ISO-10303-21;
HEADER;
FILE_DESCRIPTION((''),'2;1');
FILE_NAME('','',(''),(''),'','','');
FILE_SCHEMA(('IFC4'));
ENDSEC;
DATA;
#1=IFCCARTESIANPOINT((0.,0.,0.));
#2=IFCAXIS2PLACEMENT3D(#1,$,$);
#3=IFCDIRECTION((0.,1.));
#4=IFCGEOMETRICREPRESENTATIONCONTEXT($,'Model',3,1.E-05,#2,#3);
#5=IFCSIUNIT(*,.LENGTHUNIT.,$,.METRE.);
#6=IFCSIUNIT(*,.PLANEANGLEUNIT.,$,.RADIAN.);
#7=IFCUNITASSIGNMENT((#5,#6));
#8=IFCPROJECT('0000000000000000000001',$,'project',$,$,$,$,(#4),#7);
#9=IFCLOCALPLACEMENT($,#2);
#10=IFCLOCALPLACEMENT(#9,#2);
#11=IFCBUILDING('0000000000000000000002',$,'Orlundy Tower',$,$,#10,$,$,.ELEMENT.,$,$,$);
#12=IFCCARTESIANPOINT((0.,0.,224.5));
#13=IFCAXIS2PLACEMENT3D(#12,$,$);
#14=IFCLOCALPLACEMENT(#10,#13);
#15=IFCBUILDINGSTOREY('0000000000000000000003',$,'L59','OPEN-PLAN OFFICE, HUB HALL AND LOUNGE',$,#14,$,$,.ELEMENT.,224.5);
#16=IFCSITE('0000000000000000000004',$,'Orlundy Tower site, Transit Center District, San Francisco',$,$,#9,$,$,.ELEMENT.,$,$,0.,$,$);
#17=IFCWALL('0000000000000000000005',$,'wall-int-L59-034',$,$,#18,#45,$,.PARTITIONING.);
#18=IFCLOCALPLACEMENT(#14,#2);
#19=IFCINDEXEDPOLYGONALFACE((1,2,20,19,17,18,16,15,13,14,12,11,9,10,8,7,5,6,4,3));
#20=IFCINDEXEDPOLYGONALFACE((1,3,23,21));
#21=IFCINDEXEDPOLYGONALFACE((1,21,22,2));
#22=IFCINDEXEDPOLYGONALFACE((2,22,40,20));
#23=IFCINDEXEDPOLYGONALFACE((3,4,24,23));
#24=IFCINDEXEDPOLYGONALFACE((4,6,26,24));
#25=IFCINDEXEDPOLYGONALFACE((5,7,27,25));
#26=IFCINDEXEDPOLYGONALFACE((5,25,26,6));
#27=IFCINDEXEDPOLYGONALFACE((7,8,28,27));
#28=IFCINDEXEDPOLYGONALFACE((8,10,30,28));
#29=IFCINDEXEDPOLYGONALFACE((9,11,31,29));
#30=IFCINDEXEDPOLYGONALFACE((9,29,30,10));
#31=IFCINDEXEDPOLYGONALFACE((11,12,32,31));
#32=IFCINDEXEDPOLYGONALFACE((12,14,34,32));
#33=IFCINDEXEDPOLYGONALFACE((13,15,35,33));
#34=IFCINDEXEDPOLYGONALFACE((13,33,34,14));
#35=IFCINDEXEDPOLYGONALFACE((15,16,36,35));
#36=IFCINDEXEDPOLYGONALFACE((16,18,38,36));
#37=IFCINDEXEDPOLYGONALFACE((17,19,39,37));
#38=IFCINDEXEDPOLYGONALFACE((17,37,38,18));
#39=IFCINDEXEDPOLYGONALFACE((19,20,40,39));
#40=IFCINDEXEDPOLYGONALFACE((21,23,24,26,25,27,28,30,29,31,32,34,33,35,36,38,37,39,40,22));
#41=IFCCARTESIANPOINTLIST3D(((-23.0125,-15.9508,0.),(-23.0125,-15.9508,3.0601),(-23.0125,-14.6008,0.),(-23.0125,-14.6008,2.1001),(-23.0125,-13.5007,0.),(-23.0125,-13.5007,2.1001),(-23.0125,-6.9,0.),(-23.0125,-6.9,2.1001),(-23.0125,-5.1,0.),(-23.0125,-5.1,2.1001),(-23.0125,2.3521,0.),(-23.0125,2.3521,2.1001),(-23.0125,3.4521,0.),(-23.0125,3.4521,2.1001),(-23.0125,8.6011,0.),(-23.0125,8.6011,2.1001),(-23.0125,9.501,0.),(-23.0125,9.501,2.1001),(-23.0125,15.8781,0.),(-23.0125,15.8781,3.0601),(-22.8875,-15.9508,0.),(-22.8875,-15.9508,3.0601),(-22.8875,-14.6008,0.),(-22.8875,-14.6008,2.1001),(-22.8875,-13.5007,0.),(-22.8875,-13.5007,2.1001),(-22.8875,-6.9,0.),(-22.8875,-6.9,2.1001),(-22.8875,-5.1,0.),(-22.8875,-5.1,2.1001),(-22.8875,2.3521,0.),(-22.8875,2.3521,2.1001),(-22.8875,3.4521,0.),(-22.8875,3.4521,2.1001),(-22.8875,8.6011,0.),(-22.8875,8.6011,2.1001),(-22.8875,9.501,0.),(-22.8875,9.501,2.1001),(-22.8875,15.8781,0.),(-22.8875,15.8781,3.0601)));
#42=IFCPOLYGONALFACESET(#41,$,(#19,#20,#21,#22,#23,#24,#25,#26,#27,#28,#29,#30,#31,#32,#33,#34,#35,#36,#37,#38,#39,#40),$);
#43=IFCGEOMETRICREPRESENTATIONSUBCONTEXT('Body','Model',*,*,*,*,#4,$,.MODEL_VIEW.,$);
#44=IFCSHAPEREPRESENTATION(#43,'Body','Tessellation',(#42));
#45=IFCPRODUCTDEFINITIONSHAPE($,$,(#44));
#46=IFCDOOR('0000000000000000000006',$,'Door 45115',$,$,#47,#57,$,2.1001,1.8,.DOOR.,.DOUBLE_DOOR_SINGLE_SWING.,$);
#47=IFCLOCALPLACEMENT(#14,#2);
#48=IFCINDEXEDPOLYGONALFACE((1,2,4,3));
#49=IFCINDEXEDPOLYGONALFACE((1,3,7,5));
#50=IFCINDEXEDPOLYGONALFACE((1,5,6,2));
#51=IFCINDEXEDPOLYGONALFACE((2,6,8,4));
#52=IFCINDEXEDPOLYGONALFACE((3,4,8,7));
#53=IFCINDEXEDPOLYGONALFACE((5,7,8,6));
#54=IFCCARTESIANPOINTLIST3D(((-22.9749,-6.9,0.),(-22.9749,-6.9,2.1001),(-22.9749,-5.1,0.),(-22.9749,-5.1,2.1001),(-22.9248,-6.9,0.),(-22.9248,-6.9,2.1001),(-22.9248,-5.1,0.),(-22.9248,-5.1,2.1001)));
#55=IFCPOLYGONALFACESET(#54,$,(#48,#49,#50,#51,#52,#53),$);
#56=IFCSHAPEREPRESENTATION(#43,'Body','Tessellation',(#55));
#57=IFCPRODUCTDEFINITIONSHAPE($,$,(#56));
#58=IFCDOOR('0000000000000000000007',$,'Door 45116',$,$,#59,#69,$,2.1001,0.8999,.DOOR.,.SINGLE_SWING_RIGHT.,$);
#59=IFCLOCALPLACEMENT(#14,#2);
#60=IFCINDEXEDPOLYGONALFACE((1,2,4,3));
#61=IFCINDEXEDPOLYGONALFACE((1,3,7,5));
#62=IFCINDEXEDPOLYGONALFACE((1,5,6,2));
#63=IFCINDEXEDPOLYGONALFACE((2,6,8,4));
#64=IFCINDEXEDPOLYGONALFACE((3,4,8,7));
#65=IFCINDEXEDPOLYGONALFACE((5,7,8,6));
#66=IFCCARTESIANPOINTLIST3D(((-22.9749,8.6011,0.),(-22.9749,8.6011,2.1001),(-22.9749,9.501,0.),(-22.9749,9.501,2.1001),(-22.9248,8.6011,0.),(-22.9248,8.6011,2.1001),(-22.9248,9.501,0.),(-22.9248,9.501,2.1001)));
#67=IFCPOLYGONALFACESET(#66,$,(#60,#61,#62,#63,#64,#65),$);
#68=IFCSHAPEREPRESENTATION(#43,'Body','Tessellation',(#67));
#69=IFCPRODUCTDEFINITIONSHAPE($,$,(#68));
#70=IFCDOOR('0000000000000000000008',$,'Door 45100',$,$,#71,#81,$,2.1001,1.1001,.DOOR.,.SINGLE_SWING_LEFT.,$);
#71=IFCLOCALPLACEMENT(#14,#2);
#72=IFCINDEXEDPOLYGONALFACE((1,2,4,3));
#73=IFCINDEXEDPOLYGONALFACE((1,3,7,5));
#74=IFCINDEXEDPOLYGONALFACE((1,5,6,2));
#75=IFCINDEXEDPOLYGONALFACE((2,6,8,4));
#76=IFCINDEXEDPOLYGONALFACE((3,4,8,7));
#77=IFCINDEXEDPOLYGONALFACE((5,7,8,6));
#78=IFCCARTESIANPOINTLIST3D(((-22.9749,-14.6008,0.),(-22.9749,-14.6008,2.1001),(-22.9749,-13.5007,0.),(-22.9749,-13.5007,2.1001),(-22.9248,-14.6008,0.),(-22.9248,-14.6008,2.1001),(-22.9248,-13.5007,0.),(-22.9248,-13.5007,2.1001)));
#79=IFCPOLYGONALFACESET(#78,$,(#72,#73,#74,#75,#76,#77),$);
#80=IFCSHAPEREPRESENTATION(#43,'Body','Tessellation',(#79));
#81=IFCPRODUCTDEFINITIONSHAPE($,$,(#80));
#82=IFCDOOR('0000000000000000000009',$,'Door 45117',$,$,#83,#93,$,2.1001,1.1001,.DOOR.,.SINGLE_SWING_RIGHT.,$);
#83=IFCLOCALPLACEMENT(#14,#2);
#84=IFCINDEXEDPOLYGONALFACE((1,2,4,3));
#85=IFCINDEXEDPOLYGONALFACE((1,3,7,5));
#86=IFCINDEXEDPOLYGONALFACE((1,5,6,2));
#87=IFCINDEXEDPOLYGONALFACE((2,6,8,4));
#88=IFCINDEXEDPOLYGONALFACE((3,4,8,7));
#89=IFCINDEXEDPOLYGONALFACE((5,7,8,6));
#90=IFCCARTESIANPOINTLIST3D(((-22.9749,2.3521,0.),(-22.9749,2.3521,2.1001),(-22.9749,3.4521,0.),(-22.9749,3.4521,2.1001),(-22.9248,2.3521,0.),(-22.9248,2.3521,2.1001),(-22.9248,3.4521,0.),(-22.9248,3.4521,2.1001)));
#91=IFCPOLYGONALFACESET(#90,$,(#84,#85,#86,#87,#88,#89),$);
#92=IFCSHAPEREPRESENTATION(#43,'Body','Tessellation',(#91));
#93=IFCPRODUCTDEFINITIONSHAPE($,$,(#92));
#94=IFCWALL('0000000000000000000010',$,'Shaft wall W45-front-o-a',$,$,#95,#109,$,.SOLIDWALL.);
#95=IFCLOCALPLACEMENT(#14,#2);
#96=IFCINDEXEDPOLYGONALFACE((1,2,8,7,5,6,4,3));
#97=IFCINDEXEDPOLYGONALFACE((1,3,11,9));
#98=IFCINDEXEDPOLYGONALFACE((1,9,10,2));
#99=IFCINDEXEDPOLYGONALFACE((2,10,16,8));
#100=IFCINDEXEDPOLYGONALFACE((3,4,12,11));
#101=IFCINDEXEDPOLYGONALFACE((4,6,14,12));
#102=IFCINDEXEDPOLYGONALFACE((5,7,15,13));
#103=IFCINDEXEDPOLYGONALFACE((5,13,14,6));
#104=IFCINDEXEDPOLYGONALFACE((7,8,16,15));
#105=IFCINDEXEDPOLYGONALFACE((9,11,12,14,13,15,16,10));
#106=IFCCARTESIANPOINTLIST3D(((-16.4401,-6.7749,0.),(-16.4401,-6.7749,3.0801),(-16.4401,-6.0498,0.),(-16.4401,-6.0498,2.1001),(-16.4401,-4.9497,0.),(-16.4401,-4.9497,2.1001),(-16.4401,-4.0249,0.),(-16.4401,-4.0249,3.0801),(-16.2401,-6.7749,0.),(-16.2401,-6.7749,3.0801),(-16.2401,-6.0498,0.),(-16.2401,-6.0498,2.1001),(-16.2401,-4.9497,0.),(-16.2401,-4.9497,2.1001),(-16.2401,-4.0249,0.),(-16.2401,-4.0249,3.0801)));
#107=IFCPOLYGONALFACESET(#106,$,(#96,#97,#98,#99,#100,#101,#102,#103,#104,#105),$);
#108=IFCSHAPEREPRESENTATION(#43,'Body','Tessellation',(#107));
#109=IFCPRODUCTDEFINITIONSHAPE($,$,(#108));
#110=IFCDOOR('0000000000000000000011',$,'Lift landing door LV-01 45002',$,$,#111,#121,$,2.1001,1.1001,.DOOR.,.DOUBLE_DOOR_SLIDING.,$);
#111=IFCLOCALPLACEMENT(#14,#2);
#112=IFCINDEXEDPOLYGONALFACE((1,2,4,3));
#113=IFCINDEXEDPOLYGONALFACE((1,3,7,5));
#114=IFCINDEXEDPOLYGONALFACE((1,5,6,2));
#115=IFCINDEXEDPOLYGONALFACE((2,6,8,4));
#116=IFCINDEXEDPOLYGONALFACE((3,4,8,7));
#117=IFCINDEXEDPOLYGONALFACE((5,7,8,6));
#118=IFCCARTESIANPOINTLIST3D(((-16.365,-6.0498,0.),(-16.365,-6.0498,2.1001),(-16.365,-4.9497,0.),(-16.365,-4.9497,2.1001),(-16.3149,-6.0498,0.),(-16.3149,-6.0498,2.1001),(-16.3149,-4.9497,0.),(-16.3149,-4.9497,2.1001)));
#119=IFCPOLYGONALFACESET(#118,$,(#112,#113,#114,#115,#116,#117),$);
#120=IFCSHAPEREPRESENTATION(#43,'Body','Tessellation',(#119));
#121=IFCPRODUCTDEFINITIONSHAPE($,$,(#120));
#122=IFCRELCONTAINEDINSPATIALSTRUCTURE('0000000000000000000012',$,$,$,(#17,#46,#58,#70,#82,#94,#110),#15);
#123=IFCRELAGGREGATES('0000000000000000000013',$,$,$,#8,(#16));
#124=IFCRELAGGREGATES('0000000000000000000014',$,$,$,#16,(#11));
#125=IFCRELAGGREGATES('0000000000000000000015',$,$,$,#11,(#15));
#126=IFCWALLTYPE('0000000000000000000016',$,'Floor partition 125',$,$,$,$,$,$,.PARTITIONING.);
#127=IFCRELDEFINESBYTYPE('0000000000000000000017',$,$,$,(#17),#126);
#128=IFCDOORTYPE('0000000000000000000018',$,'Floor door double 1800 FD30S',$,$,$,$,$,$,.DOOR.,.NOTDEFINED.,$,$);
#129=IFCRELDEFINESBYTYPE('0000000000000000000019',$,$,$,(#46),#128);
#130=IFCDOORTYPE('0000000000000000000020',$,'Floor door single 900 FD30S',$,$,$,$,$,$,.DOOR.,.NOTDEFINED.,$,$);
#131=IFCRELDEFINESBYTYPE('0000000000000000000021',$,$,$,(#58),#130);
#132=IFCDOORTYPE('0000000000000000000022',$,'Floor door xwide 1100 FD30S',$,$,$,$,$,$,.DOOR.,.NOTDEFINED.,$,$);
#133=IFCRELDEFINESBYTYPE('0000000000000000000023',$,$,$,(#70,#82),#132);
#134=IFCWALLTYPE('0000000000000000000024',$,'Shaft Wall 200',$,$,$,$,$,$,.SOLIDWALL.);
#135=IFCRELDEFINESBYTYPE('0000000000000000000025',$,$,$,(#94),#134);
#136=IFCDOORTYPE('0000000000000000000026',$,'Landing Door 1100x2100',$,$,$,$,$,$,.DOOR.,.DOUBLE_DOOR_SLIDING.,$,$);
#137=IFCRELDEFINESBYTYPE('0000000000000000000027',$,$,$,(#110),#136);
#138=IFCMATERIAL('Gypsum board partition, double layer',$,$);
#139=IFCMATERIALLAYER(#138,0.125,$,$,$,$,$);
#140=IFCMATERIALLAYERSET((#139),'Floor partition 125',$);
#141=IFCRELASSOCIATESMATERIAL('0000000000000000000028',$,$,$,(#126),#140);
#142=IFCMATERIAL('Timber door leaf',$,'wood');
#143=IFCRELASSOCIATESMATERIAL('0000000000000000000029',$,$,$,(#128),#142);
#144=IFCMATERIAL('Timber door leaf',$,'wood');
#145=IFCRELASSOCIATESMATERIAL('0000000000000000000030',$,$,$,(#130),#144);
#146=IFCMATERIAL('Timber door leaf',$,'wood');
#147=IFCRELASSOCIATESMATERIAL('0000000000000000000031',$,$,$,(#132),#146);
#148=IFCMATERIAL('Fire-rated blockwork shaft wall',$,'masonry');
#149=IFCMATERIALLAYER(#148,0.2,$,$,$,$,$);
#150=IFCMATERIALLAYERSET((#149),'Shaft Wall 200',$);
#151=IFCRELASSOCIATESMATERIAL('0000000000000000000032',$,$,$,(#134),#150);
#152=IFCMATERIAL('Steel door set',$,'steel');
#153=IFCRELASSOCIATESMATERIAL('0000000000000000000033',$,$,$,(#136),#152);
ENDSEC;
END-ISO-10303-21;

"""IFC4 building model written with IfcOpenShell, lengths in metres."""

from ifc_helpers import new_model, si_unit, direction, frame, frame_2d, origin, place, context, subcontext, project, spatial, rectangle, extrude, material, layer, layer_set, type_object, element, fill, save


model = new_model("IFC4")

# Units and contexts
model_context = context("Model", 3, precision=1e-05, world=origin(), true_north=direction((0.0, 1.0)))
body_context = subcontext(model_context, "Body", "Model", "MODEL_VIEW")
ifc_project = project(units=[si_unit("LENGTHUNIT", "METRE"), si_unit("PLANEANGLEUNIT", "RADIAN")], contexts=[model_context])

# Site, building, storey
site_placement = place(None, origin())
site = spatial("IfcSite", under=ifc_project, at=site_placement, Name="Orlundy Tower site, Transit Center District, San Francisco", CompositionType="ELEMENT", RefElevation=0.0)
building_placement = place(site_placement, origin())
building = spatial("IfcBuilding", under=site, at=building_placement, Name="Orlundy Tower", CompositionType="ELEMENT")
storey_placement = place(building_placement, frame((0.0, 0.0, 224.5)))
storey = spatial("IfcBuildingStorey", under=building, at=storey_placement, Name="L59", Description="OPEN-PLAN OFFICE, HUB HALL AND LOUNGE", CompositionType="ELEMENT", Elevation=224.5)

# Wall, openings, doors
ifc_material_1 = material(Name="Gypsum board partition, double layer")
ifc_layer_1 = layer(ifc_material_1, 0.125)
ifc_layer_set_1 = layer_set([ifc_layer_1], Name="Floor partition 125")
wall_type_1 = type_object("IfcWallType", Name="Floor partition 125", PredefinedType="PARTITIONING", material=ifc_layer_set_1)
wall_1_placement = place(storey_placement, frame((-22.95, -15.9509, 0.0), z_axis=(0.0, 0.0, 1.0), x_axis=(0.0, 1.0, 0.0)))
wall_1 = element("IfcWall", 1, at=wall_1_placement, inside=storey, type_object=wall_type_1, Name="wall-int-L59-034", PredefinedType="PARTITIONING", context=body_context, shape_type="SweptSolid", body=[
    extrude(rectangle(XDim=31.8289, YDim=0.125, at=frame_2d((15.9146, 0.0))), origin(), (0.0, 0.0, 1.0), 3.0601),
])
opening_1_placement = place(wall_1_placement, frame((1.3501, 0.0, 0.0)))
opening_1 = element("IfcOpeningElement", 2, at=opening_1_placement, cuts=wall_1, PredefinedType="OPENING", context=body_context, shape_type="SweptSolid", body=[
    extrude(rectangle(XDim=1.1001, YDim=2.1001, at=frame_2d((0.55, 1.05))), frame((0.0, 0.0725, 0.0), z_axis=(0.0, -1.0, 0.0), x_axis=(1.0, 0.0, 0.0)), (0.0, 0.0, 1.0), 0.145),
])
opening_2_placement = place(wall_1_placement, frame((9.051, 0.0, 0.0)))
opening_2 = element("IfcOpeningElement", 3, at=opening_2_placement, cuts=wall_1, PredefinedType="OPENING", context=body_context, shape_type="SweptSolid", body=[
    extrude(rectangle(XDim=1.8, YDim=2.1001, at=frame_2d((0.8999, 1.05))), frame((0.0, 0.0725, 0.0), z_axis=(0.0, -1.0, 0.0), x_axis=(1.0, 0.0, 0.0)), (0.0, 0.0, 1.0), 0.145),
])
opening_3_placement = place(wall_1_placement, frame((24.552, 0.0, 0.0)))
opening_3 = element("IfcOpeningElement", 4, at=opening_3_placement, cuts=wall_1, PredefinedType="OPENING", context=body_context, shape_type="SweptSolid", body=[
    extrude(rectangle(XDim=0.8999, YDim=2.1001, at=frame_2d((0.45, 1.05))), frame((0.0, 0.0725, 0.0), z_axis=(0.0, -1.0, 0.0), x_axis=(1.0, 0.0, 0.0)), (0.0, 0.0, 1.0), 0.145),
])
opening_4_placement = place(wall_1_placement, frame((18.303, 0.0, 0.0)))
opening_4 = element("IfcOpeningElement", 5, at=opening_4_placement, cuts=wall_1, PredefinedType="OPENING", context=body_context, shape_type="SweptSolid", body=[
    extrude(rectangle(XDim=1.1001, YDim=2.1001, at=frame_2d((0.55, 1.05))), frame((0.0, 0.0725, 0.0), z_axis=(0.0, -1.0, 0.0), x_axis=(1.0, 0.0, 0.0)), (0.0, 0.0, 1.0), 0.145),
])
ifc_material_2 = material(Name="Timber door leaf", Category="wood")
door_type_1 = type_object("IfcDoorType", Name="Floor door double 1800 FD30S", OperationType="NOTDEFINED", PredefinedType="DOOR", material=ifc_material_2)
door_1_placement = place(opening_2_placement, origin())
door_1 = element("IfcDoor", 6, at=door_1_placement, inside=storey, type_object=door_type_1, Name="Door 45115", OperationType="DOUBLE_DOOR_SINGLE_SWING", OverallHeight=2.1001, OverallWidth=1.8, PredefinedType="DOOR", context=body_context, shape_type="SweptSolid", body=[
    extrude(rectangle(XDim=1.8, YDim=2.1001, at=frame_2d((0.8999, 1.05))), frame((0.0, 0.0249, 0.0), z_axis=(0.0, -1.0, 0.0), x_axis=(1.0, 0.0, 0.0)), (0.0, 0.0, 1.0), 0.05),
])
fill(opening_2, door_1)
ifc_material_3 = material(Name="Timber door leaf", Category="wood")
door_type_2 = type_object("IfcDoorType", Name="Floor door single 900 FD30S", OperationType="NOTDEFINED", PredefinedType="DOOR", material=ifc_material_3)
door_2_placement = place(opening_3_placement, origin())
door_2 = element("IfcDoor", 7, at=door_2_placement, inside=storey, type_object=door_type_2, Name="Door 45116", OperationType="SINGLE_SWING_RIGHT", OverallHeight=2.1001, OverallWidth=0.8999, PredefinedType="DOOR", context=body_context, shape_type="SweptSolid", body=[
    extrude(rectangle(XDim=0.8999, YDim=2.1001, at=frame_2d((0.45, 1.05))), frame((0.0, 0.0249, 0.0), z_axis=(0.0, -1.0, 0.0), x_axis=(1.0, 0.0, 0.0)), (0.0, 0.0, 1.0), 0.05),
])
fill(opening_3, door_2)
ifc_material_4 = material(Name="Timber door leaf", Category="wood")
door_type_3 = type_object("IfcDoorType", Name="Floor door xwide 1100 FD30S", OperationType="NOTDEFINED", PredefinedType="DOOR", material=ifc_material_4)
door_3_placement = place(opening_1_placement, origin())
door_3 = element("IfcDoor", 8, at=door_3_placement, inside=storey, type_object=door_type_3, Name="Door 45100", OperationType="SINGLE_SWING_LEFT", OverallHeight=2.1001, OverallWidth=1.1001, PredefinedType="DOOR", context=body_context, shape_type="SweptSolid", body=[
    extrude(rectangle(XDim=1.1001, YDim=2.1001, at=frame_2d((0.55, 1.05))), frame((0.0, 0.0249, 0.0), z_axis=(0.0, -1.0, 0.0), x_axis=(1.0, 0.0, 0.0)), (0.0, 0.0, 1.0), 0.05),
])
fill(opening_1, door_3)
door_4_placement = place(opening_4_placement, origin())
door_4 = element("IfcDoor", 9, at=door_4_placement, inside=storey, type_object=door_type_3, Name="Door 45117", OperationType="SINGLE_SWING_RIGHT", OverallHeight=2.1001, OverallWidth=1.1001, PredefinedType="DOOR", context=body_context, shape_type="SweptSolid", body=[
    extrude(rectangle(XDim=1.1001, YDim=2.1001, at=frame_2d((0.55, 1.05))), frame((0.0, 0.0249, 0.0), z_axis=(0.0, -1.0, 0.0), x_axis=(1.0, 0.0, 0.0)), (0.0, 0.0, 1.0), 0.05),
])
fill(opening_4, door_4)

# Wall, opening, door
ifc_material_5 = material(Name="Fire-rated blockwork shaft wall", Category="masonry")
ifc_layer_2 = layer(ifc_material_5, 0.2)
ifc_layer_set_2 = layer_set([ifc_layer_2], Name="Shaft Wall 200")
wall_type_2 = type_object("IfcWallType", Name="Shaft Wall 200", PredefinedType="SOLIDWALL", material=ifc_layer_set_2)
wall_2_placement = place(storey_placement, frame((-16.3401, -6.7749, 0.0), z_axis=(0.0, 0.0, 1.0), x_axis=(0.0, 1.0, 0.0)))
wall_2 = element("IfcWall", 10, at=wall_2_placement, inside=storey, type_object=wall_type_2, Name="Shaft wall W45-front-o-a", PredefinedType="SOLIDWALL", context=body_context, shape_type="SweptSolid", body=[
    extrude(rectangle(XDim=2.75, YDim=0.2, at=frame_2d((1.375, 0.0))), origin(), (0.0, 0.0, 1.0), 3.0801),
])
opening_5_placement = place(wall_2_placement, frame((0.7251, 0.0, 0.0)))
opening_5 = element("IfcOpeningElement", 11, at=opening_5_placement, cuts=wall_2, PredefinedType="OPENING", context=body_context, shape_type="SweptSolid", body=[
    extrude(rectangle(XDim=1.1001, YDim=2.1001, at=frame_2d((0.55, 1.05))), frame((0.0, 0.1101, 0.0), z_axis=(0.0, -1.0, 0.0), x_axis=(1.0, 0.0, 0.0)), (0.0, 0.0, 1.0), 0.2202),
])
ifc_material_6 = material(Name="Steel door set", Category="steel")
door_type_4 = type_object("IfcDoorType", Name="Landing Door 1100x2100", OperationType="DOUBLE_DOOR_SLIDING", PredefinedType="DOOR", material=ifc_material_6)
door_5_placement = place(opening_5_placement, origin())
door_5 = element("IfcDoor", 12, at=door_5_placement, inside=storey, type_object=door_type_4, Name="Lift landing door LV-01 45002", OperationType="DOUBLE_DOOR_SLIDING", OverallHeight=2.1001, OverallWidth=1.1001, PredefinedType="DOOR", context=body_context, shape_type="SweptSolid", body=[
    extrude(rectangle(XDim=1.1001, YDim=2.1001, at=frame_2d((0.55, 1.05))), frame((0.0, 0.0249, 0.0), z_axis=(0.0, -1.0, 0.0), x_axis=(1.0, 0.0, 0.0)), (0.0, 0.0, 1.0), 0.05),
])
fill(opening_5, door_5)

save(model, "model.ifc")
